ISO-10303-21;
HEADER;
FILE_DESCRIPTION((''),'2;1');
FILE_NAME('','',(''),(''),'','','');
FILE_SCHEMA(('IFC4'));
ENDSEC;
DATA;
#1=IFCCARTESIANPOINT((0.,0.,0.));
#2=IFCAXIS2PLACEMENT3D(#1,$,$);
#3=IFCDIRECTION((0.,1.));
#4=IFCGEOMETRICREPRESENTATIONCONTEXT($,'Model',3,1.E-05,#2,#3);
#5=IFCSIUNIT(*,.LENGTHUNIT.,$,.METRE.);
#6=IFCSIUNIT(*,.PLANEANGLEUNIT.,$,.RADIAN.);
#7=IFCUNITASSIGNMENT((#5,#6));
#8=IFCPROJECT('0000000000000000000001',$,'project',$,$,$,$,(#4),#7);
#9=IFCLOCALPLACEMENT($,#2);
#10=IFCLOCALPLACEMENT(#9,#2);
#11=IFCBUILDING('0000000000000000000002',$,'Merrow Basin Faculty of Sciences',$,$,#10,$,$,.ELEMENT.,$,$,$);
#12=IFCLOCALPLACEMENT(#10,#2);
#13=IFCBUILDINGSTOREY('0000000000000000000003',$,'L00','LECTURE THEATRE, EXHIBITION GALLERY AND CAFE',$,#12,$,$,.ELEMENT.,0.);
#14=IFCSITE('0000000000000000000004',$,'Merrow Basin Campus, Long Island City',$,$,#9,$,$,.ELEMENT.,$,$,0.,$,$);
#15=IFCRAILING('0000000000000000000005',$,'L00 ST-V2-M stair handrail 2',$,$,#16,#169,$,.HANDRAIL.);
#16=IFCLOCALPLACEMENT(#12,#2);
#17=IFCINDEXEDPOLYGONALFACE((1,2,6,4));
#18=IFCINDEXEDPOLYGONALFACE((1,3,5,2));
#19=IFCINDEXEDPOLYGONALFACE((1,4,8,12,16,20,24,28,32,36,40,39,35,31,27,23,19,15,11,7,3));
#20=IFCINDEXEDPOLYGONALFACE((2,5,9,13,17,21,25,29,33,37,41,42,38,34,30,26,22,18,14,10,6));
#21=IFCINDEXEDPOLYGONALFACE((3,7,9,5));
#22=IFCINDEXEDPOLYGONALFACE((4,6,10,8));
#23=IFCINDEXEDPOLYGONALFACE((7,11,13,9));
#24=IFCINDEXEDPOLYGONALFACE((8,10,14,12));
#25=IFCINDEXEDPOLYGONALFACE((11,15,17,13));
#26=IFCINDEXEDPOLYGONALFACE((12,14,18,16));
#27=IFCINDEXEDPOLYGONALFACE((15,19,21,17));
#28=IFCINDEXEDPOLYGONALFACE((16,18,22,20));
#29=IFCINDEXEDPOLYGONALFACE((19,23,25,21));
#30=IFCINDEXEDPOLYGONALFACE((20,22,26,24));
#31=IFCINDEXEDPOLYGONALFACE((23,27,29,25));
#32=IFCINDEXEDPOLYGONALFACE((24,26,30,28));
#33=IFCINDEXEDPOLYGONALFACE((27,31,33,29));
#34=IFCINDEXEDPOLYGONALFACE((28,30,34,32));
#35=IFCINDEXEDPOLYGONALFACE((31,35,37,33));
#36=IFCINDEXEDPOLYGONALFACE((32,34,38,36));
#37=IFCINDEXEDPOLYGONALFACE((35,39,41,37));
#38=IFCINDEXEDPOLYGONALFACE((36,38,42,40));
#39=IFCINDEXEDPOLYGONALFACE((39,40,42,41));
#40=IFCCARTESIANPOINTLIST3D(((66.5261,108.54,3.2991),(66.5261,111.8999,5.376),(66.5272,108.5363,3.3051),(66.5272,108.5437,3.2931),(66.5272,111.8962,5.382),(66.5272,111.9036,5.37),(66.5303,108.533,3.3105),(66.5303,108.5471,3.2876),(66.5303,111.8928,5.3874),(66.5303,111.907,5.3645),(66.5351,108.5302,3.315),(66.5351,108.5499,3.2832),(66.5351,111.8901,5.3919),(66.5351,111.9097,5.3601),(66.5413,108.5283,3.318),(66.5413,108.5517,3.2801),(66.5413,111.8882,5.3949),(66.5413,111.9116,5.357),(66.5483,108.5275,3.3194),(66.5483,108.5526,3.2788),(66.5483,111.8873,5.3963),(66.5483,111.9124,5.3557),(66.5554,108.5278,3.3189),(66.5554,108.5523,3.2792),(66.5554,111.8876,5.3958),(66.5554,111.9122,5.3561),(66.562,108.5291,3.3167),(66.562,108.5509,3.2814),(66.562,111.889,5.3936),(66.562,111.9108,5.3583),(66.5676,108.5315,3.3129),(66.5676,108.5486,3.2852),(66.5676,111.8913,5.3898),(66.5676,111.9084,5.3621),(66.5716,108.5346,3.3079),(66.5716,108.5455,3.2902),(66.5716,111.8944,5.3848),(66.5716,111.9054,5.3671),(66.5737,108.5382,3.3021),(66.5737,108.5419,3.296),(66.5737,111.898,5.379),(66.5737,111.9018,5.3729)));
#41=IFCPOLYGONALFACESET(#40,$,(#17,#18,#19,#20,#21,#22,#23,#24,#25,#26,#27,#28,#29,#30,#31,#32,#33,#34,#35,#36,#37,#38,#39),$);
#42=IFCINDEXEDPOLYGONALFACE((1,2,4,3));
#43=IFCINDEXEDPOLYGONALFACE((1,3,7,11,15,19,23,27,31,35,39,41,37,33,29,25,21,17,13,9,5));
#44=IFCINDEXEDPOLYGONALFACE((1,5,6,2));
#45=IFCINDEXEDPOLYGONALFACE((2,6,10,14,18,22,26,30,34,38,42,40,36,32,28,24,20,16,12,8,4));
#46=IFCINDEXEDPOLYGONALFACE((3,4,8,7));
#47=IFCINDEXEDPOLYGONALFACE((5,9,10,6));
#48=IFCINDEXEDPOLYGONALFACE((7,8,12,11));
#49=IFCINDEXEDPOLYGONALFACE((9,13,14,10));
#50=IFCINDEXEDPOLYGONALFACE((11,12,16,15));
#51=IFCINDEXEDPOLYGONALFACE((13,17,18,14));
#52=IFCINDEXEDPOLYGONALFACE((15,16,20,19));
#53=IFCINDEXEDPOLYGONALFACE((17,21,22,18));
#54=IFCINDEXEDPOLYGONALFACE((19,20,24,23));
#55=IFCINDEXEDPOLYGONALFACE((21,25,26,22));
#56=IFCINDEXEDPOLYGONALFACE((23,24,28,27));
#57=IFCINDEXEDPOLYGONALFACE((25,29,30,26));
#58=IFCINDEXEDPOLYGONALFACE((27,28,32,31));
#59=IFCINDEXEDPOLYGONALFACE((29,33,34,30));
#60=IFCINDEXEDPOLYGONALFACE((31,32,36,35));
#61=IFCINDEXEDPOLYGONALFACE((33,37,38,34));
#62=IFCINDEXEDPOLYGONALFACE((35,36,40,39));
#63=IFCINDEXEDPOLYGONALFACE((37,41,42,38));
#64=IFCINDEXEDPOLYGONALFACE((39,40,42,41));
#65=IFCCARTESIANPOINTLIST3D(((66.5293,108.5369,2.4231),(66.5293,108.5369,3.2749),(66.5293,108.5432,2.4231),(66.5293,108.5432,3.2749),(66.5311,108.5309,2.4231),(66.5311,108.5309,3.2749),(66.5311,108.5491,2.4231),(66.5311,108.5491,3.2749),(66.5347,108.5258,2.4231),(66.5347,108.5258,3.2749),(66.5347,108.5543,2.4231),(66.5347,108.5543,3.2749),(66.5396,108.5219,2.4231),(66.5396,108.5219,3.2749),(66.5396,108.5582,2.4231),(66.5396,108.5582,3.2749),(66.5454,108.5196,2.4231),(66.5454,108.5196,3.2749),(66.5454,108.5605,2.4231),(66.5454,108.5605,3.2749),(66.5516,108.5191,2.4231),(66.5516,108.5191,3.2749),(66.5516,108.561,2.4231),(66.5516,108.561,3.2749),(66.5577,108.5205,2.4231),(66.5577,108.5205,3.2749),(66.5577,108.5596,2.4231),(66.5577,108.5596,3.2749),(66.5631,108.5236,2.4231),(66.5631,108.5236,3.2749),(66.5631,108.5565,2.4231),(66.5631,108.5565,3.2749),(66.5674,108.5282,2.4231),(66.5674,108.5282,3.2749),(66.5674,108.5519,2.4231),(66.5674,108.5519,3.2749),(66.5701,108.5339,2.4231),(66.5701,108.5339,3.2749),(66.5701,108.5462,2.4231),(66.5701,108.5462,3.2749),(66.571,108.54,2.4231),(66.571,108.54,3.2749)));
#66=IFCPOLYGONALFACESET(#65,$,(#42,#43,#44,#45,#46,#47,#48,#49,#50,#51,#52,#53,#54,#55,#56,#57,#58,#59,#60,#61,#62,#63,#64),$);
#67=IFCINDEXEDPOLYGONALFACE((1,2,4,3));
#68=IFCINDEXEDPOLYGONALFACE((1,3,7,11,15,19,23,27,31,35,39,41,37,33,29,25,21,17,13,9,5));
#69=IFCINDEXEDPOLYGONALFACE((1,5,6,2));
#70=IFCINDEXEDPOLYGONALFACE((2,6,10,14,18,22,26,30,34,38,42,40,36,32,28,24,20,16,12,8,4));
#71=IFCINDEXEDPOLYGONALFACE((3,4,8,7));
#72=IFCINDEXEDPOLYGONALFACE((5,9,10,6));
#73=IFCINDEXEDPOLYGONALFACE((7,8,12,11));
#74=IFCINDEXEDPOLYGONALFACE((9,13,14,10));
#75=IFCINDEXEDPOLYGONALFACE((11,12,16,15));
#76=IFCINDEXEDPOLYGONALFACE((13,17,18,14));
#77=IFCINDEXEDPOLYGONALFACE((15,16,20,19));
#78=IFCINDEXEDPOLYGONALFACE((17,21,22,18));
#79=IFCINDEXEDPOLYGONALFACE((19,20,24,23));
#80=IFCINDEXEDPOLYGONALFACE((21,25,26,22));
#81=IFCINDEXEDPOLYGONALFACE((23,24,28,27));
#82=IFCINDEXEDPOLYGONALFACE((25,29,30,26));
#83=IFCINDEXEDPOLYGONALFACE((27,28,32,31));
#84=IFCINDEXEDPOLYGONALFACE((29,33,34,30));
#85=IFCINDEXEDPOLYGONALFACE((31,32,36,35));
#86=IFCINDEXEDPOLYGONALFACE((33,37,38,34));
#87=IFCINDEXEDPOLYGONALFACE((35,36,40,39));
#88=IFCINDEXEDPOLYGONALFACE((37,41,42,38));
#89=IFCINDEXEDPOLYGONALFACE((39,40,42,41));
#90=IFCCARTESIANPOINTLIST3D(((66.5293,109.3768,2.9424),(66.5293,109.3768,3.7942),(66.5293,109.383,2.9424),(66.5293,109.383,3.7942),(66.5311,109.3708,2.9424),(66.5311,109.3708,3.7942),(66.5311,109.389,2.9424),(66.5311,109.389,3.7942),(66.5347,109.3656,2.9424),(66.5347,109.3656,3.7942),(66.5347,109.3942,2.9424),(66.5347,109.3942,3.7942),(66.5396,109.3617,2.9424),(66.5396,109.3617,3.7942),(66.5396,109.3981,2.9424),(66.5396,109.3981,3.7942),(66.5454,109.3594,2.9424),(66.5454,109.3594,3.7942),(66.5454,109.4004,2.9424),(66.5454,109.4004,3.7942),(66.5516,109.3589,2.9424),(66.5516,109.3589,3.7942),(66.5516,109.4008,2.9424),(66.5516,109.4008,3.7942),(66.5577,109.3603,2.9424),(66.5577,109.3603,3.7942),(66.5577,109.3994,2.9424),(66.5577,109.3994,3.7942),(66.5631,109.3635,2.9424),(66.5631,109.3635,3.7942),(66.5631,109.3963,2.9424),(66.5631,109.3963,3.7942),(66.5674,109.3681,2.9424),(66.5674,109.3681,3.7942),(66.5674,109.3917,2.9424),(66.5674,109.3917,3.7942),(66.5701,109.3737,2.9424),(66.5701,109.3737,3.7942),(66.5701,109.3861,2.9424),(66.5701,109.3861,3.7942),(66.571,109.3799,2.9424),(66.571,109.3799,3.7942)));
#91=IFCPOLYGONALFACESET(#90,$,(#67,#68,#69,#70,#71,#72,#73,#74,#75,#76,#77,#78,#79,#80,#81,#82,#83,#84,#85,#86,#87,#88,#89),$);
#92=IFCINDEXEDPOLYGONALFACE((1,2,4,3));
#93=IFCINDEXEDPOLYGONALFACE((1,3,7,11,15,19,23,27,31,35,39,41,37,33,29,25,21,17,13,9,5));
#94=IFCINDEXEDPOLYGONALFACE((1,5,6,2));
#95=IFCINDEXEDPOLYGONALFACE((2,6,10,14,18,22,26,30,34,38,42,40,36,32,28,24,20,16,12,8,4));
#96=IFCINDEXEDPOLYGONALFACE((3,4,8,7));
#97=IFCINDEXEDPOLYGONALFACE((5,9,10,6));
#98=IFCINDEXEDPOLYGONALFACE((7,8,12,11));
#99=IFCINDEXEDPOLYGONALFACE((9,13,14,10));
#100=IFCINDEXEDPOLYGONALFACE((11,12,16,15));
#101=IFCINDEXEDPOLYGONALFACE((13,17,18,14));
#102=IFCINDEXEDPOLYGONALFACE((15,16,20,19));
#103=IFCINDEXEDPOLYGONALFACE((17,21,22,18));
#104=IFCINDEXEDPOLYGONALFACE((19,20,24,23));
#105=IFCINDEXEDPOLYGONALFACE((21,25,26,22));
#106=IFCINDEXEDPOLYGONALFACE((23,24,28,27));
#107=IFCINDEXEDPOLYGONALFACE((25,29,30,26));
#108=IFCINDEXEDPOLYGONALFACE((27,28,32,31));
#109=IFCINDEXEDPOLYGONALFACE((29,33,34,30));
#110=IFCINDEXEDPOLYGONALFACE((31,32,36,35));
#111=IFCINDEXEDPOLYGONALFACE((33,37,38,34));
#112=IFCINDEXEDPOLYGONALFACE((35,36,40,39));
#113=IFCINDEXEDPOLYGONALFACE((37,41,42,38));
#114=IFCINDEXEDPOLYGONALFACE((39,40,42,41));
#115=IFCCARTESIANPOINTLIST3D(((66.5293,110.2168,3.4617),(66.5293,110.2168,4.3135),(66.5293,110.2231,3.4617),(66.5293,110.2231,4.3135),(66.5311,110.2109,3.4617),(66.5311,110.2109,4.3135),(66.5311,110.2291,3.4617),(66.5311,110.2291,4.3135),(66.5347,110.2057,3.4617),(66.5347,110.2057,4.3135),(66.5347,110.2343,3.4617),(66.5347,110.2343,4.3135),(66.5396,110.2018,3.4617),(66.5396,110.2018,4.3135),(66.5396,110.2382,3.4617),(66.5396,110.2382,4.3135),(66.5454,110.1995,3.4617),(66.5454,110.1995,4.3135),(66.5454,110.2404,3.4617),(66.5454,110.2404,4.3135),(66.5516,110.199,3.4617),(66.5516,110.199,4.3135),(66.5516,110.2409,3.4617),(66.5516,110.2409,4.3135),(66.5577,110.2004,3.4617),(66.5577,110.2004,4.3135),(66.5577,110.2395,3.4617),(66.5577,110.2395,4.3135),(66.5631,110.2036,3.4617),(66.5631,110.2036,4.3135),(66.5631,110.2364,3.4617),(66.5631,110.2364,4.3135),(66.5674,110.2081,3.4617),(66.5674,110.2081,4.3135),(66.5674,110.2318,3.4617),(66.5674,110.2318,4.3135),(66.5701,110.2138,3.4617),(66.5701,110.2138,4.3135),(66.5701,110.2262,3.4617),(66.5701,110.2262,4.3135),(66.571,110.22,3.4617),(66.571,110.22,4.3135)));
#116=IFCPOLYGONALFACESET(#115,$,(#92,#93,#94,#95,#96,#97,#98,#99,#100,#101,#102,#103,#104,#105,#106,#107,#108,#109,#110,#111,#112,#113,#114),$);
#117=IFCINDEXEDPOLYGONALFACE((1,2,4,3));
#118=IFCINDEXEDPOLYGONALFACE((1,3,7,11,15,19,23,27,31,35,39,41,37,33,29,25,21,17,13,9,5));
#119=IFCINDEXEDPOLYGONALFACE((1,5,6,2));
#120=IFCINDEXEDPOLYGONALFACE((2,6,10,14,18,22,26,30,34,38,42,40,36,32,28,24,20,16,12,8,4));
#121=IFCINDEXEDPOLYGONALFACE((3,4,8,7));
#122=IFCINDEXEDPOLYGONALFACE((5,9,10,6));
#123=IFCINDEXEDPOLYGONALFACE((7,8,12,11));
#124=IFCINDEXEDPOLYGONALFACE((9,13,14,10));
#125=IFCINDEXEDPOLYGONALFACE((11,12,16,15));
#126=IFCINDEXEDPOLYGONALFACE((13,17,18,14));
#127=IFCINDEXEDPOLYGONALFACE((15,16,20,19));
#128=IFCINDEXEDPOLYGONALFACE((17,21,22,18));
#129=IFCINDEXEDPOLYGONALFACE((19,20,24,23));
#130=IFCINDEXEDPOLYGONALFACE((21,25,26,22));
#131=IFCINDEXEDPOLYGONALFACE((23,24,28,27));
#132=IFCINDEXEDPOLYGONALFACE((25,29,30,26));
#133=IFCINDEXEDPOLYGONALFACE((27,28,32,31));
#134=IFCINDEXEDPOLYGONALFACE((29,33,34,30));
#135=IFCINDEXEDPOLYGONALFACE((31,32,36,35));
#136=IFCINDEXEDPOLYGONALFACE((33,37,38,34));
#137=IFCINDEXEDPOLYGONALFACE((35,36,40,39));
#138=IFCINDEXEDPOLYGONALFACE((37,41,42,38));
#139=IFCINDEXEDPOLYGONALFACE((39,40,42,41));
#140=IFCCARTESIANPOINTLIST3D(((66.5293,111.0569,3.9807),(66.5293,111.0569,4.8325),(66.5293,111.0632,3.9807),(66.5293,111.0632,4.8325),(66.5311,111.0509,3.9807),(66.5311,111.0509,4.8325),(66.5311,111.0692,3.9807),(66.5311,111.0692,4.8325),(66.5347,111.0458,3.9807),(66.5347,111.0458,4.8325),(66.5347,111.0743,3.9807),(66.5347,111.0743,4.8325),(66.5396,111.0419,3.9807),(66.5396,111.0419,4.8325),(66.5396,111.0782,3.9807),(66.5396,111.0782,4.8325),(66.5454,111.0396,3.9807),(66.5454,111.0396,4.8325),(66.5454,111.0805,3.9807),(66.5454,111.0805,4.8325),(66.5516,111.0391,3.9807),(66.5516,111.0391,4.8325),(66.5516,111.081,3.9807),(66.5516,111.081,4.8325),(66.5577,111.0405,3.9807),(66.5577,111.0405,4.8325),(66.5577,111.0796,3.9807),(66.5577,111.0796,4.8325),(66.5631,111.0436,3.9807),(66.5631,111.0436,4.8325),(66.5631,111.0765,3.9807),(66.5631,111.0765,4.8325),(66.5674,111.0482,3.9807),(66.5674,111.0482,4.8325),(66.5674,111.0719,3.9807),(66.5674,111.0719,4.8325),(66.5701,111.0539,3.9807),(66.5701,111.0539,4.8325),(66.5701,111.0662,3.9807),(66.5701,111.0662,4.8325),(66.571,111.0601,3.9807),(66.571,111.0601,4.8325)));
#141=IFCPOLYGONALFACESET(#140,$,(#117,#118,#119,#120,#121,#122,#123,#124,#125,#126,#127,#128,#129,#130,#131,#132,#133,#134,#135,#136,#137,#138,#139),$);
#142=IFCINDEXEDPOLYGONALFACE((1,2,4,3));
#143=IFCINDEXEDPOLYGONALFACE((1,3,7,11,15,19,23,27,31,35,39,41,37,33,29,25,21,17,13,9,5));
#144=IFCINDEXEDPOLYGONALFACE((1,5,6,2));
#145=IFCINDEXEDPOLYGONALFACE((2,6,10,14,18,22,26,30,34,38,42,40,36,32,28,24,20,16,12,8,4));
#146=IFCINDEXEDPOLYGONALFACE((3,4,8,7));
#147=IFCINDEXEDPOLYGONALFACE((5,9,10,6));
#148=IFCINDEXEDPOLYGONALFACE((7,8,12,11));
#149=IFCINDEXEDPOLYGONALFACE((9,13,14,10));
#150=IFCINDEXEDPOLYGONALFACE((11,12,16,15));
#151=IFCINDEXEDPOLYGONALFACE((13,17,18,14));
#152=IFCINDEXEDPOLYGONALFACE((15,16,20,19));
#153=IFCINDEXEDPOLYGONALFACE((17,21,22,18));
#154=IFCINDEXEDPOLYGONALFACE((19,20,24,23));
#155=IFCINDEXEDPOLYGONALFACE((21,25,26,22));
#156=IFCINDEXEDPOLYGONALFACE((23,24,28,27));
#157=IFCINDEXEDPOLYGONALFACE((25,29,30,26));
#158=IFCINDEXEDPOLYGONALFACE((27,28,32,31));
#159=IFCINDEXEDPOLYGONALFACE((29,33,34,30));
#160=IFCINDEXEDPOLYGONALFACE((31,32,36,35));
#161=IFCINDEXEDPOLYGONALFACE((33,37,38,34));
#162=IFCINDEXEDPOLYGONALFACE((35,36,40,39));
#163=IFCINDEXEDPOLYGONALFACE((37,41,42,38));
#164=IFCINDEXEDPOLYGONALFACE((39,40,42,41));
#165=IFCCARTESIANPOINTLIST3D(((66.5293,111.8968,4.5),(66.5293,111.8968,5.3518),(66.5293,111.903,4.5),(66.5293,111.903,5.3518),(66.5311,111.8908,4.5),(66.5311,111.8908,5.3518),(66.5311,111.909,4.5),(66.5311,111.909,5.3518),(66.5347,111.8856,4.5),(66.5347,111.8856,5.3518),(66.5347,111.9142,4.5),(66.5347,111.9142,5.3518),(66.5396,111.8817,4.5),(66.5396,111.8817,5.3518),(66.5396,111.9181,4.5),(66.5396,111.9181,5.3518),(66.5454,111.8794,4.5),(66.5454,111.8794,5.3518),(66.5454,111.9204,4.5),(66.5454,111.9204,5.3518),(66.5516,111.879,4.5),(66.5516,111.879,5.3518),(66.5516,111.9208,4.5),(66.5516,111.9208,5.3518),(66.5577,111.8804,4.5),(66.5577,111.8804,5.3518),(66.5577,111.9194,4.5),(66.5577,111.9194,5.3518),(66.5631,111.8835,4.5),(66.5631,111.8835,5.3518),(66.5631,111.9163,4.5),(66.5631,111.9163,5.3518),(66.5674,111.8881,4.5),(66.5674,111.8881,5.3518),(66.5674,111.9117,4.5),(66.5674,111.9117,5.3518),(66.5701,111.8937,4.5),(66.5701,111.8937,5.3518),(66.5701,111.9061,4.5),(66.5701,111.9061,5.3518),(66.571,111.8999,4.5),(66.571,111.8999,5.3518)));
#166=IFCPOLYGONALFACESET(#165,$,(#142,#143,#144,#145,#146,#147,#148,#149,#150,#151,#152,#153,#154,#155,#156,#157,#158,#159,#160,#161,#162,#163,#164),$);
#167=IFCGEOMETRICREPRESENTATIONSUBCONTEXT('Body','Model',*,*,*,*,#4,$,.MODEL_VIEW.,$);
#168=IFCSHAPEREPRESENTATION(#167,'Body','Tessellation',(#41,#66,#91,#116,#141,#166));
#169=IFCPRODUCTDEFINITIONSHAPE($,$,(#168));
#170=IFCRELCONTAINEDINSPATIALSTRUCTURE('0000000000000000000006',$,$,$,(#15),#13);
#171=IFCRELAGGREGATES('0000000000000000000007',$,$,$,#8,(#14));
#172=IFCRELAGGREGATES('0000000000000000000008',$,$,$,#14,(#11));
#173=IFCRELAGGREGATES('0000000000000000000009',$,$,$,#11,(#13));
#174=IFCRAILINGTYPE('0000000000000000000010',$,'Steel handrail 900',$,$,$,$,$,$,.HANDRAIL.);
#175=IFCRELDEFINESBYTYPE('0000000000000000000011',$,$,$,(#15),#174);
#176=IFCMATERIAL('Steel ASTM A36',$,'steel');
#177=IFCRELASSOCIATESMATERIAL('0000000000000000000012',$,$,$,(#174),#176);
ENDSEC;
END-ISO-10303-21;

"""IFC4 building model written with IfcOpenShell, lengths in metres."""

from ifc_helpers import new_model, si_unit, direction, frame, origin, origin_2d, place, context, subcontext, project, spatial, circle, extrude, material, type_object, element, save


model = new_model("IFC4")

# Units and contexts
model_context = context("Model", 3, precision=1e-05, world=origin(), true_north=direction((0.0, 1.0)))
body_context = subcontext(model_context, "Body", "Model", "MODEL_VIEW")
ifc_project = project(units=[si_unit("LENGTHUNIT", "METRE"), si_unit("PLANEANGLEUNIT", "RADIAN")], contexts=[model_context])

# Site, building, storey
site_placement = place(None, origin())
site = spatial("IfcSite", under=ifc_project, at=site_placement, Name="Merrow Basin Campus, Long Island City", CompositionType="ELEMENT", RefElevation=0.0)
building_placement = place(site_placement, origin())
building = spatial("IfcBuilding", under=site, at=building_placement, Name="Merrow Basin Faculty of Sciences", CompositionType="ELEMENT")
storey_placement = place(building_placement, origin())
storey = spatial("IfcBuildingStorey", under=building, at=storey_placement, Name="L00", Description="LECTURE THEATRE, EXHIBITION GALLERY AND CAFE", CompositionType="ELEMENT", Elevation=0.0)

# Railing
ifc_material_1 = material(Name="Steel ASTM A36", Category="steel")
railing_type_1 = type_object("IfcRailingType", Name="Steel handrail 900", PredefinedType="HANDRAIL", material=ifc_material_1)
railing_1_placement = place(storey_placement, frame((66.55, 108.54, 2.4231)))
element("IfcRailing", 1, at=railing_1_placement, inside=storey, type_object=railing_type_1, Name="L00 ST-V2-M stair handrail 2", PredefinedType="HANDRAIL", context=body_context, shape_type="SweptSolid", body=[
    extrude(circle(Radius=0.0239, at=origin_2d()), frame((0.0, 0.0, 0.876), z_axis=(0.0, 0.850606, 0.525803), x_axis=(-1.0, 0.0, 0.0)), (0.0, 0.0, 1.0), 3.95),
    extrude(circle(Radius=0.021, at=origin_2d()), origin(), (0.0, 0.0, 1.0), 0.8518),
    extrude(circle(Radius=0.021, at=origin_2d()), frame((0.0, 0.8398, 0.5193)), (0.0, 0.0, 1.0), 0.8518),
    extrude(circle(Radius=0.021, at=origin_2d()), frame((0.0, 1.6799, 1.0386)), (0.0, 0.0, 1.0), 0.8518),
    extrude(circle(Radius=0.021, at=origin_2d()), frame((0.0, 2.52, 1.5576)), (0.0, 0.0, 1.0), 0.8518),
    extrude(circle(Radius=0.021, at=origin_2d()), frame((0.0, 3.3599, 2.0769)), (0.0, 0.0, 1.0), 0.8518),
])

save(model, "model.ifc")
